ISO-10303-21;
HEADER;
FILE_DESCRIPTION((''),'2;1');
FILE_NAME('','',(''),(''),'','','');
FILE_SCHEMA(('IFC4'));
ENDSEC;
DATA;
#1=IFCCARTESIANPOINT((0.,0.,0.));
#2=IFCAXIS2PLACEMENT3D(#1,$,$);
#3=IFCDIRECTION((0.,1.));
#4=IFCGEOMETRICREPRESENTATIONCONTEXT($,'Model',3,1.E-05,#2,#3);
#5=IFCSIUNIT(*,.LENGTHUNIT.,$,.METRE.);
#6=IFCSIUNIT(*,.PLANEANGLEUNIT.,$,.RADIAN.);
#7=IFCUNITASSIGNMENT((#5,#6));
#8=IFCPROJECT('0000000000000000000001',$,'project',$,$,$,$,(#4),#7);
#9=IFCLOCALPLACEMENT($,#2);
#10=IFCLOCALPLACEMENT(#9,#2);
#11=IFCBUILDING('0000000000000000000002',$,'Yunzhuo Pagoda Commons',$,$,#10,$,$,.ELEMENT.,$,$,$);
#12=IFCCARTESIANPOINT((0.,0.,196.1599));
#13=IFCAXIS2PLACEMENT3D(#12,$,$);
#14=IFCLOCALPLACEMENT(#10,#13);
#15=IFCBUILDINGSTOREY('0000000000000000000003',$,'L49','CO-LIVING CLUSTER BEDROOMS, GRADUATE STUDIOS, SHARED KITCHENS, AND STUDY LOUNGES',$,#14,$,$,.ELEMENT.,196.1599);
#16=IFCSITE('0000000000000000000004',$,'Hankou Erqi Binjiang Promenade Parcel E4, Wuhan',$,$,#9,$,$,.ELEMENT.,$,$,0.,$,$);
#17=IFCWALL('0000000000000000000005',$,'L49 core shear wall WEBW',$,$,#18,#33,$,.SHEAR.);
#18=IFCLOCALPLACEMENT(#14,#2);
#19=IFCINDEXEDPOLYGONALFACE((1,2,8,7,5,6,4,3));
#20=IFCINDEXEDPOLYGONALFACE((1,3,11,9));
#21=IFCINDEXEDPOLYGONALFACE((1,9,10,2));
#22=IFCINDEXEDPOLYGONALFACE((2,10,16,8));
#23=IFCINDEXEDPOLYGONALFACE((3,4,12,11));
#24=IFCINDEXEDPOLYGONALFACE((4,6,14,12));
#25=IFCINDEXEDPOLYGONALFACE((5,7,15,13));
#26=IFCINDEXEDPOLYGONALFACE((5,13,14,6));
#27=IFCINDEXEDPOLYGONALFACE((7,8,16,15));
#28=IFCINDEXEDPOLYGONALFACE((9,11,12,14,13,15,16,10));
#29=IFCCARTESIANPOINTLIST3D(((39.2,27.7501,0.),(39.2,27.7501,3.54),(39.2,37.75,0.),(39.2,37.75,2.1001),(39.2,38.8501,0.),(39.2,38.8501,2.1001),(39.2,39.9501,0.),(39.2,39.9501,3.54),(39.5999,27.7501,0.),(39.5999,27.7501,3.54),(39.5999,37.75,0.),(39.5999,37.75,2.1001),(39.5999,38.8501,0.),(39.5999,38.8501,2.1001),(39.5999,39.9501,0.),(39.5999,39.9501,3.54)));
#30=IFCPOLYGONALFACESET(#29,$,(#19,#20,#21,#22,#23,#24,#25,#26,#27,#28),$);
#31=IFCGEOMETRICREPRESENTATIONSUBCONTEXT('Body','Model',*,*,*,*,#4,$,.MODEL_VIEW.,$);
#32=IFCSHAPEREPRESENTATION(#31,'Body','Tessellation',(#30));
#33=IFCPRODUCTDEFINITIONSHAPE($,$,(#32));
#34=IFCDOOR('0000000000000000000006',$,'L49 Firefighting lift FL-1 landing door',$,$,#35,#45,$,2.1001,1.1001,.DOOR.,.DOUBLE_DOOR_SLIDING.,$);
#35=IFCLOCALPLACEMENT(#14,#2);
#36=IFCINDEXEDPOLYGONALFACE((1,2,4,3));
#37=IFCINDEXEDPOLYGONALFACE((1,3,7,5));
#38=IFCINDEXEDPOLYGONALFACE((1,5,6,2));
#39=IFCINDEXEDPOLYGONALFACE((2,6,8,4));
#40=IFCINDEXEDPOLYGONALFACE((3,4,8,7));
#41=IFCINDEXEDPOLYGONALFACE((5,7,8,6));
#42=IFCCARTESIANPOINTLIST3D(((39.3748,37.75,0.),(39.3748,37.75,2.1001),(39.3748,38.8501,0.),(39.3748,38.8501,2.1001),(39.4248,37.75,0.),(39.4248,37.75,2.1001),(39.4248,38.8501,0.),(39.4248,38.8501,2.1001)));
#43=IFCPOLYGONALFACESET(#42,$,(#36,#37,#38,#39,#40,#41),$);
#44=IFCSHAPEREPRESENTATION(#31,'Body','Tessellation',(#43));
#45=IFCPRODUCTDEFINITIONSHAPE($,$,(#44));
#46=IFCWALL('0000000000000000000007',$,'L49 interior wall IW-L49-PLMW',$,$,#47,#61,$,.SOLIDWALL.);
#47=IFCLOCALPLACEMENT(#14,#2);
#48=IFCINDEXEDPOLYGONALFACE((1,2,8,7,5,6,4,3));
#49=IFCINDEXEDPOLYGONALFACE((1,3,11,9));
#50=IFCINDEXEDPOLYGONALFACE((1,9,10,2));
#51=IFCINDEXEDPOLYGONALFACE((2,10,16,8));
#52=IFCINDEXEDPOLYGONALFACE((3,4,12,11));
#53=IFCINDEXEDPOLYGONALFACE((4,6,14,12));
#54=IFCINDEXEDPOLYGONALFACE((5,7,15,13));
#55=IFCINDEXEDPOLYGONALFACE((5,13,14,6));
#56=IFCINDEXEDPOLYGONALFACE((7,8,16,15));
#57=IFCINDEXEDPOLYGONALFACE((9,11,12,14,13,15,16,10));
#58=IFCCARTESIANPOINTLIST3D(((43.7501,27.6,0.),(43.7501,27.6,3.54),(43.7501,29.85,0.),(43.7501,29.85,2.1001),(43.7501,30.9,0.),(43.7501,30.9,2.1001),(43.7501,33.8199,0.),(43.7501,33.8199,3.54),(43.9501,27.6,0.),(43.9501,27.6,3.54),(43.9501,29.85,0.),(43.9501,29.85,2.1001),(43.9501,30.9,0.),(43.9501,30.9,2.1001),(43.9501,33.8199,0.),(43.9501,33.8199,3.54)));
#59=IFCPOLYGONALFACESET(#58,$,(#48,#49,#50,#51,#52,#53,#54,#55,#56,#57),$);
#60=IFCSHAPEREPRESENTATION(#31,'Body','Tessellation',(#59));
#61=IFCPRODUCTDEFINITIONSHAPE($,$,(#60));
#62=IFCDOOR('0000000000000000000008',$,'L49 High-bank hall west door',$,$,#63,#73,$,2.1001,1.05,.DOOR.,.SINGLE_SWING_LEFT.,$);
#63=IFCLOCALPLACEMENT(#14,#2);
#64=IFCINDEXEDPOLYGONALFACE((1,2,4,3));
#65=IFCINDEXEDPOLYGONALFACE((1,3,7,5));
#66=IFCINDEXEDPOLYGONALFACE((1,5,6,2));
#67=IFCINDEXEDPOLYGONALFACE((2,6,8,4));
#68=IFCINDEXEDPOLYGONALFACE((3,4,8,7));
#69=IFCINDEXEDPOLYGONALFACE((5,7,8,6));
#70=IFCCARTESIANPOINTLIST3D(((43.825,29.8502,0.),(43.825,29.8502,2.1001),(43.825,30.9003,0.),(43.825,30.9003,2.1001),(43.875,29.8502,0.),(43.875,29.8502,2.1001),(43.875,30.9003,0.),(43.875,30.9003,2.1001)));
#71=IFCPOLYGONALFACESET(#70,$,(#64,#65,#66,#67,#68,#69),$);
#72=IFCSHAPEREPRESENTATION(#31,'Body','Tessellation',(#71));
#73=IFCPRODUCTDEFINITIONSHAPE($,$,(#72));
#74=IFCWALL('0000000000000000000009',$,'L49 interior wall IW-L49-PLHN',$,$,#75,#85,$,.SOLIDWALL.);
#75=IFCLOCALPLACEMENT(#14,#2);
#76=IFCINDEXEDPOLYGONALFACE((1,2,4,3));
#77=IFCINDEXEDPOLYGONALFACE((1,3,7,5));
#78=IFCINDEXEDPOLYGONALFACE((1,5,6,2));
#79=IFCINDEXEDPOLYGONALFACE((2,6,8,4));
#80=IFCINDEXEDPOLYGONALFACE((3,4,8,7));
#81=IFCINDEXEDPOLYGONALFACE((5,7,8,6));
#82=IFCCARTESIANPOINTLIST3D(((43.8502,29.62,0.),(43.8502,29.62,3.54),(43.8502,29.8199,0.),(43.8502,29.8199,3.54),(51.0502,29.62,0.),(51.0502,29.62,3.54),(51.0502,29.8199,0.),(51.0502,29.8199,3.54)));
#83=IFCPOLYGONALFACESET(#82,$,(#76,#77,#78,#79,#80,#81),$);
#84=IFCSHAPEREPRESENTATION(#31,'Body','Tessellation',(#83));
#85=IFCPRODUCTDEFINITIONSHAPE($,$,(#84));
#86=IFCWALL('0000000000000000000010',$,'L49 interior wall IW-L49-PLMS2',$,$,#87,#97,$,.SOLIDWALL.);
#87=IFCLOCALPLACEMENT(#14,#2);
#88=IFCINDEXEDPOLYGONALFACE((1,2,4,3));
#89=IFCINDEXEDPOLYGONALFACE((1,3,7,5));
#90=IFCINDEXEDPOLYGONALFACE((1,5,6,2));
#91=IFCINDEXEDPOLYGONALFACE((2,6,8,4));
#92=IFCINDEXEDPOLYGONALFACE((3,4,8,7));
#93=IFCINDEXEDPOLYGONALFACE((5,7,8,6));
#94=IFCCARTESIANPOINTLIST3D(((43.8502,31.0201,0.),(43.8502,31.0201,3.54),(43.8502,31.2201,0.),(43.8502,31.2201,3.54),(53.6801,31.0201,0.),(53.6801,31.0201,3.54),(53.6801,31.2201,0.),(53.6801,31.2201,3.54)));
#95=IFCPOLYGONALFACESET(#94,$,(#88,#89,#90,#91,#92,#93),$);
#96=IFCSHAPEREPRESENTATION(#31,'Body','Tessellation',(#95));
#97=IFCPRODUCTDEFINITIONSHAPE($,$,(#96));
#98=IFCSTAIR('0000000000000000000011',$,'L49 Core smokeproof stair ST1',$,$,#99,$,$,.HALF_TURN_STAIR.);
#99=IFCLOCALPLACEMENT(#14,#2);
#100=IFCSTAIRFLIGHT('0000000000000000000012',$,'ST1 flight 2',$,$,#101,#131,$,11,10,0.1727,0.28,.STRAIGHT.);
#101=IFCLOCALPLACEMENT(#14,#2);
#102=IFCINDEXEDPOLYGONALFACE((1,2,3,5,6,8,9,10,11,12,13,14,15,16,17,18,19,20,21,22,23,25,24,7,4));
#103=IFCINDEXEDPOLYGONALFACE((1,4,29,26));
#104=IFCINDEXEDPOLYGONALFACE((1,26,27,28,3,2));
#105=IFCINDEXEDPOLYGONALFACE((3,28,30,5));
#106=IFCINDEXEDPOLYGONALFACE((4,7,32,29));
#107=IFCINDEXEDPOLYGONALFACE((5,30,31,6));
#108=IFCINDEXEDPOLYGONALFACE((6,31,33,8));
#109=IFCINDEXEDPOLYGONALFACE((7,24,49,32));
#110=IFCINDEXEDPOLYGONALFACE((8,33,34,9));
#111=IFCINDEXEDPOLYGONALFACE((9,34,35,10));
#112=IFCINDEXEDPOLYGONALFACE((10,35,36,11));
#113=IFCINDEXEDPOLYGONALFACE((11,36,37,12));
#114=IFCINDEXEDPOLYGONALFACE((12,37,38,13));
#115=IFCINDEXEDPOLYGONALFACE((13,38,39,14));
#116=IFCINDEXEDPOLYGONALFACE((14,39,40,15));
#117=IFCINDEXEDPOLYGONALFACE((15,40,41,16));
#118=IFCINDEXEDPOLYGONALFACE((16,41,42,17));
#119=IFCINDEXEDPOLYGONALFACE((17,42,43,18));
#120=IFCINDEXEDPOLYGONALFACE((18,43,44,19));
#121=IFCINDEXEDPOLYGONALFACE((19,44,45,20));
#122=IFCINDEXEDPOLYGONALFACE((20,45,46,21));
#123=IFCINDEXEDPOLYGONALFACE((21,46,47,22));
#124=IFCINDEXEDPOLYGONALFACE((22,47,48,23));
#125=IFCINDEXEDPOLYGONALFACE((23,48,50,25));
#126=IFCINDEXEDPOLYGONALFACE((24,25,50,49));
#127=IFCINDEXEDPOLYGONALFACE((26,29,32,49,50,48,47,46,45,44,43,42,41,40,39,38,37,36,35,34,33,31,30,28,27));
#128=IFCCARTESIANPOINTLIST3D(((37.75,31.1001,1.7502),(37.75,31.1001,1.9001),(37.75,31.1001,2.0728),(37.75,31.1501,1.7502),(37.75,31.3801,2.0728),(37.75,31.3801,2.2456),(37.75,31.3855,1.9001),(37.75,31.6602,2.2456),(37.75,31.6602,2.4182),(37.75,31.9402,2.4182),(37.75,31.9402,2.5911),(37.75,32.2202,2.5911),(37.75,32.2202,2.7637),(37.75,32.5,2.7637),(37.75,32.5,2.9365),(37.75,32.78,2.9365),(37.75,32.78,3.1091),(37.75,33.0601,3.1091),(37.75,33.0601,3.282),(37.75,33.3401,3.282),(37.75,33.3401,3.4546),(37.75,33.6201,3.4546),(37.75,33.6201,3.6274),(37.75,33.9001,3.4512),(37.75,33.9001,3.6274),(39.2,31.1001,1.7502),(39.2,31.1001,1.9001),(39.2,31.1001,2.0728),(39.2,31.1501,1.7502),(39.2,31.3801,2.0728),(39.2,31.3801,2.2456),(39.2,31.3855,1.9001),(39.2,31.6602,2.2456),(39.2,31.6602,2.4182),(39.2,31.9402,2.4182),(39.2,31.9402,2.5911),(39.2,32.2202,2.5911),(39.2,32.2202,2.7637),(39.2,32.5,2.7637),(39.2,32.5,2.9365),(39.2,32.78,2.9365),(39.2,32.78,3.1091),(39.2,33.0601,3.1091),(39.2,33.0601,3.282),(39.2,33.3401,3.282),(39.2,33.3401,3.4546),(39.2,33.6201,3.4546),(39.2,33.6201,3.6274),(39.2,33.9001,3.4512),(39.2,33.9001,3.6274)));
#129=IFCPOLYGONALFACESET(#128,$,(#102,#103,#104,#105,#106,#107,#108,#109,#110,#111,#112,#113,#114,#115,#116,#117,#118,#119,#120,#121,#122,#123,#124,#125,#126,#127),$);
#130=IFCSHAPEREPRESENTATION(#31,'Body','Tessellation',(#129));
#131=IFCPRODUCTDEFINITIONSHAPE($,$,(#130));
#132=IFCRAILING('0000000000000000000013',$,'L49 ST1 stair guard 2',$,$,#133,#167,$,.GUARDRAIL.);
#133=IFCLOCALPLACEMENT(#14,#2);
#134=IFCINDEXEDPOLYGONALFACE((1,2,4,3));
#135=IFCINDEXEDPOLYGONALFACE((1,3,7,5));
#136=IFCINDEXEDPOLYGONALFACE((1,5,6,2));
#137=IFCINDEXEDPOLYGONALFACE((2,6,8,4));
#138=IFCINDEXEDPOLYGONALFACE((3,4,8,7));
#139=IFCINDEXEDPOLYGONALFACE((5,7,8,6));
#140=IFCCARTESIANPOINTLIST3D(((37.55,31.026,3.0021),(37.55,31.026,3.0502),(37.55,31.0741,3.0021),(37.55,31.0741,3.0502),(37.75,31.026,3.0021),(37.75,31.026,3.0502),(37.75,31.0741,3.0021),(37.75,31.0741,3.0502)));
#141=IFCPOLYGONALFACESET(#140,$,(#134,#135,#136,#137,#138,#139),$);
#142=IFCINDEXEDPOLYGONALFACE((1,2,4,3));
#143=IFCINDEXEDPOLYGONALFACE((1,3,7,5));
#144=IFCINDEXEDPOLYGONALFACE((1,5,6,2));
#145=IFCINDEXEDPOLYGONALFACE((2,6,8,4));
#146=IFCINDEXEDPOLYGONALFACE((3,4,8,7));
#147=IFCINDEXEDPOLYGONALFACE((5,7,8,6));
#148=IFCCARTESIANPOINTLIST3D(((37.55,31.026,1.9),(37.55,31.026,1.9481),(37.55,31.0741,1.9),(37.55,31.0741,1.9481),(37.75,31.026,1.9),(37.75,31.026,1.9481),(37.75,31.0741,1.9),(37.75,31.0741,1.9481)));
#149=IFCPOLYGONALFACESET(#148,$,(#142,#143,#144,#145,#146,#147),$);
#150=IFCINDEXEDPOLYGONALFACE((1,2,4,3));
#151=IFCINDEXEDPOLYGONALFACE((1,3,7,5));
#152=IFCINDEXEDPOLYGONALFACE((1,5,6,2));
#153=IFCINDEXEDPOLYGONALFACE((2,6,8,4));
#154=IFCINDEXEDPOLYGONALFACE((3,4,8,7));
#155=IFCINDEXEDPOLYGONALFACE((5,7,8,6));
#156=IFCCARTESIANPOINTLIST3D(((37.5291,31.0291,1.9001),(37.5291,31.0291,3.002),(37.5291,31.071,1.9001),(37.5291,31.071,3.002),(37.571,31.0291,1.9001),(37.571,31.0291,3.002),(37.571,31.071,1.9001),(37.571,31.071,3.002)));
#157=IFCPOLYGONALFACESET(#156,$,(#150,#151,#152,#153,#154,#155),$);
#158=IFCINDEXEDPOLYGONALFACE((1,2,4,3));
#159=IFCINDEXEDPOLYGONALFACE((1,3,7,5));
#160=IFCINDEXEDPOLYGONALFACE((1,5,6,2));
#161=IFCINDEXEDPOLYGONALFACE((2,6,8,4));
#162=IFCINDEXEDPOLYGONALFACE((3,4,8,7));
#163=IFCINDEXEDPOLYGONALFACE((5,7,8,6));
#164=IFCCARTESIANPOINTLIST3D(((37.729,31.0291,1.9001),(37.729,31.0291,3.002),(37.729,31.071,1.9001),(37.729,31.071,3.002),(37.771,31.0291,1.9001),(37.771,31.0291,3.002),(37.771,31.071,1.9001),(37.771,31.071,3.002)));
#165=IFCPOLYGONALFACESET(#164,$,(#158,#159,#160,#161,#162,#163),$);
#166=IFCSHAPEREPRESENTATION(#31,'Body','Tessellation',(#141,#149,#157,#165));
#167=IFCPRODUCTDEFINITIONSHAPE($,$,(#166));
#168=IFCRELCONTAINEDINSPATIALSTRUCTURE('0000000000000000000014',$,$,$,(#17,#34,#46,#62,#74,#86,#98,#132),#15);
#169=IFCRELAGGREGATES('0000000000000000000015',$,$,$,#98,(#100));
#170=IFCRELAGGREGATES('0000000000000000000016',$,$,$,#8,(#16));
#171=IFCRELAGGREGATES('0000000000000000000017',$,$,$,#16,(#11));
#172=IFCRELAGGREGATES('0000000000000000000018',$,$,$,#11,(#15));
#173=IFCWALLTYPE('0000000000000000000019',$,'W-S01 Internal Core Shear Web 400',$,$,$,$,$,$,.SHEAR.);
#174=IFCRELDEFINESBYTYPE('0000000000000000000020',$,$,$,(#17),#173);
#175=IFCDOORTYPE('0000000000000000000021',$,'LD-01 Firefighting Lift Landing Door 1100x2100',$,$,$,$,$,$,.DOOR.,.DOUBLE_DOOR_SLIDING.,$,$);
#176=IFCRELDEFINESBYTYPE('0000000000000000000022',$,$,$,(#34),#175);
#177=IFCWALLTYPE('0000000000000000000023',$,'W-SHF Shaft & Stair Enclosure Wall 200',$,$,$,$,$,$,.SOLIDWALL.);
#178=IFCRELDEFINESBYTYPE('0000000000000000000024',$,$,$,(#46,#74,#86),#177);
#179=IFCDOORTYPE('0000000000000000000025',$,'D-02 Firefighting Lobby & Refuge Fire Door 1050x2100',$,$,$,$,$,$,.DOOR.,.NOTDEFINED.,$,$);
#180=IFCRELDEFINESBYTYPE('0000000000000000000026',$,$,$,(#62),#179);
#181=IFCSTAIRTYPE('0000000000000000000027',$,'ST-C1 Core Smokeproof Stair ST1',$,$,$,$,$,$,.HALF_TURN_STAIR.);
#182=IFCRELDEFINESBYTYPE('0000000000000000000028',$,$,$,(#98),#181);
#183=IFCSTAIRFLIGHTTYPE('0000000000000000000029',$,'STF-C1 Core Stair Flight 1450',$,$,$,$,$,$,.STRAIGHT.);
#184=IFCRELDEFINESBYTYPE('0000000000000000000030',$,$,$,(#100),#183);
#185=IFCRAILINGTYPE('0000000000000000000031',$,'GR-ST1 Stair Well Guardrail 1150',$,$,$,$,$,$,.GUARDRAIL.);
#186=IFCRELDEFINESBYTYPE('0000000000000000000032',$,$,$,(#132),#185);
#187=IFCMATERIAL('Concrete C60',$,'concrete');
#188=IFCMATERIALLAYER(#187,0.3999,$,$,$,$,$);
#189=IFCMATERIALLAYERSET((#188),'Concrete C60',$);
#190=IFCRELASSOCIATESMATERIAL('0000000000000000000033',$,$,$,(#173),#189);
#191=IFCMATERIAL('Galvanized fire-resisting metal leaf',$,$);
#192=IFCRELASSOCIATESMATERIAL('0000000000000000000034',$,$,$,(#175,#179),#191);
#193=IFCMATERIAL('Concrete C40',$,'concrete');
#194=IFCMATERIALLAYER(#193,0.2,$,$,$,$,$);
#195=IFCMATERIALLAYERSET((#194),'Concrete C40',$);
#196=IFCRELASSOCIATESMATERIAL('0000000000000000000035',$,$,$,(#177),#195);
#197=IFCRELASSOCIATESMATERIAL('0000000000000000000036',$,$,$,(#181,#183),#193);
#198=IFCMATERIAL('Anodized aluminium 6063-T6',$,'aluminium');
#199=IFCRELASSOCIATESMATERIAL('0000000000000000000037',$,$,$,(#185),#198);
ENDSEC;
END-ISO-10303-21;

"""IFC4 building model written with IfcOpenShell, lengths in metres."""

from ifc_helpers import new_model, si_unit, direction, frame, frame_2d, origin, origin_2d, place, context, subcontext, project, spatial, polyline, rectangle, outline, extrude, source, transform, mapped, material, layer, layer_set, type_object, element, fill, aggregate, save


model = new_model("IFC4")

# Units and contexts
model_context = context("Model", 3, precision=1e-05, world=origin(), true_north=direction((0.0, 1.0)))
body_context = subcontext(model_context, "Body", "Model", "MODEL_VIEW")
ifc_project = project(units=[si_unit("LENGTHUNIT", "METRE"), si_unit("PLANEANGLEUNIT", "RADIAN")], contexts=[model_context])

# Site, building, storey
site_placement = place(None, origin())
site = spatial("IfcSite", under=ifc_project, at=site_placement, Name="Hankou Erqi Binjiang Promenade Parcel E4, Wuhan", CompositionType="ELEMENT", RefElevation=0.0)
building_placement = place(site_placement, origin())
building = spatial("IfcBuilding", under=site, at=building_placement, Name="Yunzhuo Pagoda Commons", CompositionType="ELEMENT")
storey_placement = place(building_placement, frame((0.0, 0.0, 196.1599)))
storey = spatial("IfcBuildingStorey", under=building, at=storey_placement, Name="L49", Description="CO-LIVING CLUSTER BEDROOMS, GRADUATE STUDIOS, SHARED KITCHENS, AND STUDY LOUNGES", CompositionType="ELEMENT", Elevation=196.1599)

# Shared definitions
ifc_material_1 = material(Name="Galvanized fire-resisting metal leaf")

# Walls, openings, doors
ifc_material_2 = material(Name="Concrete C60", Category="concrete")
ifc_layer_1 = layer(ifc_material_2, 0.3999)
ifc_layer_set_1 = layer_set([ifc_layer_1], Name="Concrete C60")
wall_type_1 = type_object("IfcWallType", Name="W-S01 Internal Core Shear Web 400", PredefinedType="SHEAR", material=ifc_layer_set_1)
wall_1_placement = place(storey_placement, frame((39.3999, 27.75, 0.0), z_axis=(0.0, 0.0, 1.0), x_axis=(0.0, 1.0, 0.0)))
wall_1 = element("IfcWall", 1, at=wall_1_placement, inside=storey, type_object=wall_type_1, Name="L49 core shear wall WEBW", PredefinedType="SHEAR", context=body_context, shape_type="SweptSolid", body=[
    extrude(rectangle(XDim=12.2, YDim=0.3999, at=frame_2d((6.1001, 0.0))), origin(), (0.0, 0.0, 1.0), 3.54),
])
opening_1_placement = place(wall_1_placement, frame((10.0, 0.0, 0.0)))
opening_1 = element("IfcOpeningElement", 2, at=opening_1_placement, cuts=wall_1, PredefinedType="OPENING", context=body_context, shape_type="SweptSolid", body=[
    extrude(rectangle(XDim=1.1001, YDim=2.1001, at=frame_2d((0.55, 1.05))), frame((0.0, 0.21, 0.0), z_axis=(0.0, -1.0, 0.0), x_axis=(1.0, 0.0, 0.0)), (0.0, 0.0, 1.0), 0.4199),
])
door_type_1 = type_object("IfcDoorType", Name="LD-01 Firefighting Lift Landing Door 1100x2100", OperationType="DOUBLE_DOOR_SLIDING", PredefinedType="DOOR", material=ifc_material_1)
shared_shape_1 = source(origin(), body_context, "Body", "SweptSolid", [
    extrude(rectangle(XDim=1.1001, YDim=2.1001, at=frame_2d((0.55, 1.05))), frame((0.0, 0.0249, 0.0), z_axis=(0.0, -1.0, 0.0), x_axis=(1.0, 0.0, 0.0)), (0.0, 0.0, 1.0), 0.05),
])
door_1_placement = place(opening_1_placement, frame((1.1001, 0.0, 0.0), z_axis=(0.0, 0.0, 1.0), x_axis=(-1.0, 0.0, 0.0)))
door_1 = element("IfcDoor", 3, at=door_1_placement, inside=storey, type_object=door_type_1, Name="L49 Firefighting lift FL-1 landing door", OperationType="DOUBLE_DOOR_SLIDING", OverallHeight=2.1001, OverallWidth=1.1001, PredefinedType="DOOR", context=body_context, shape_type="MappedRepresentation", body=[
    mapped(shared_shape_1, transform((0.0, 0.0, 0.0), scale=1.0)),
])
fill(opening_1, door_1)
ifc_material_3 = material(Name="Concrete C40", Category="concrete")
ifc_layer_2 = layer(ifc_material_3, 0.2)
ifc_layer_set_2 = layer_set([ifc_layer_2], Name="Concrete C40")
wall_type_2 = type_object("IfcWallType", Name="W-SHF Shaft & Stair Enclosure Wall 200", PredefinedType="SOLIDWALL", material=ifc_layer_set_2)
wall_2_placement = place(storey_placement, frame((43.8501, 27.6001, 0.0), z_axis=(0.0, 0.0, 1.0), x_axis=(0.0, 1.0, 0.0)))
wall_2 = element("IfcWall", 4, at=wall_2_placement, inside=storey, type_object=wall_type_2, Name="L49 interior wall IW-L49-PLMW", PredefinedType="SOLIDWALL", context=body_context, shape_type="SweptSolid", body=[
    extrude(rectangle(XDim=6.22, YDim=0.2, at=frame_2d((3.1099, 0.0))), origin(), (0.0, 0.0, 1.0), 3.54),
])
opening_2_placement = place(wall_2_placement, frame((2.25, 0.0, 0.0)))
opening_2 = element("IfcOpeningElement", 5, at=opening_2_placement, cuts=wall_2, PredefinedType="OPENING", context=body_context, shape_type="SweptSolid", body=[
    extrude(rectangle(XDim=1.05, YDim=2.1001, at=frame_2d((0.5249, 1.05))), frame((0.0, 0.1099, 0.0), z_axis=(0.0, -1.0, 0.0), x_axis=(1.0, 0.0, 0.0)), (0.0, 0.0, 1.0), 0.22),
])
door_type_2 = type_object("IfcDoorType", Name="D-02 Firefighting Lobby & Refuge Fire Door 1050x2100", OperationType="NOTDEFINED", PredefinedType="DOOR", material=ifc_material_1)
shared_shape_2 = source(origin(), body_context, "Body", "SweptSolid", [
    extrude(rectangle(XDim=1.05, YDim=2.1001, at=frame_2d((0.5249, 1.05))), frame((0.0, 0.0249, 0.0), z_axis=(0.0, -1.0, 0.0), x_axis=(1.0, 0.0, 0.0)), (0.0, 0.0, 1.0), 0.05),
])
door_2_placement = place(opening_2_placement, frame((1.05, 0.0, 0.0), z_axis=(0.0, 0.0, 1.0), x_axis=(-1.0, 0.0, 0.0)))
door_2 = element("IfcDoor", 6, at=door_2_placement, inside=storey, type_object=door_type_2, Name="L49 High-bank hall west door", OperationType="SINGLE_SWING_LEFT", OverallHeight=2.1001, OverallWidth=1.05, PredefinedType="DOOR", context=body_context, shape_type="MappedRepresentation", body=[
    mapped(shared_shape_2, transform((0.0, 0.0, 0.0), scale=1.0)),
])
fill(opening_2, door_2)

# Walls
wall_3_placement = place(storey_placement, frame((43.8501, 29.72, 0.0), z_axis=(0.0, 0.0, 1.0), x_axis=(1.0, 0.0, 0.0)))
element("IfcWall", 7, at=wall_3_placement, inside=storey, type_object=wall_type_2, Name="L49 interior wall IW-L49-PLHN", PredefinedType="SOLIDWALL", context=body_context, shape_type="SweptSolid", body=[
    extrude(rectangle(XDim=7.2, YDim=0.2, at=frame_2d((3.6001, 0.0))), origin(), (0.0, 0.0, 1.0), 3.54),
])
wall_4_placement = place(storey_placement, frame((43.8501, 31.1201, 0.0), z_axis=(0.0, 0.0, 1.0), x_axis=(1.0, 0.0, 0.0)))
element("IfcWall", 8, at=wall_4_placement, inside=storey, type_object=wall_type_2, Name="L49 interior wall IW-L49-PLMS2", PredefinedType="SOLIDWALL", context=body_context, shape_type="SweptSolid", body=[
    extrude(rectangle(XDim=9.8298, YDim=0.2, at=frame_2d((4.915, 0.0))), origin(), (0.0, 0.0, 1.0), 3.54),
])

# Stair, stair flight
stair_type = type_object("IfcStairType", Name="ST-C1 Core Smokeproof Stair ST1", PredefinedType="HALF_TURN_STAIR", material=ifc_material_3)
stair_placement = place(storey_placement, origin())
stair = element("IfcStair", 9, at=stair_placement, inside=storey, type_object=stair_type, Name="L49 Core smokeproof stair ST1", PredefinedType="HALF_TURN_STAIR")
stair_flight_type = type_object("IfcStairFlightType", Name="STF-C1 Core Stair Flight 1450", PredefinedType="STRAIGHT", material=ifc_material_3)
shared_shape_3 = source(origin(), body_context, "Body", "SweptSolid", [
    extrude(outline(polyline([(0.0, -0.1499), (0.0, 0.0), (0.0, 0.1726), (0.28, 0.1726), (0.28, 0.3455), (0.5601, 0.3455), (0.5601, 0.5181), (0.8401, 0.5181), (0.8401, 0.6909), (1.1201, 0.6909), (1.1201, 0.8635), (1.3999, 0.8635), (1.3999, 1.0364), (1.6799, 1.0364), (1.6799, 1.209), (1.96, 1.209), (1.96, 1.3818), (2.24, 1.3818), (2.24, 1.5544), (2.52, 1.5544), (2.52, 1.7273), (2.8, 1.7273), (2.8, 1.8999), (2.8, 1.551), (0.2854, 0.0), (0.05, -0.1499), (0.0, -0.1499)])), frame((0.0, 0.7251, 0.0), z_axis=(0.0, -1.0, 0.0), x_axis=(1.0, 0.0, 0.0)), (0.0, 0.0, 1.0), 1.45),
])
stair_flight_placement = place(storey_placement, frame((38.4751, 31.1001, 1.9001), z_axis=(0.0, 0.0, 1.0), x_axis=(0.0, 1.0, 0.0)))
stair_flight = element("IfcStairFlight", 10, at=stair_flight_placement, type_object=stair_flight_type, Name="ST1 flight 2", NumberOfRisers=11, NumberOfTreads=10, PredefinedType="STRAIGHT", RiserHeight=0.1727, TreadLength=0.28, context=body_context, shape_type="MappedRepresentation", body=[
    mapped(shared_shape_3, transform((0.0, 0.0, 0.0), scale=1.0)),
])
aggregate(stair, [stair_flight])

# Railing
ifc_material_4 = material(Name="Anodized aluminium 6063-T6", Category="aluminium")
railing_type_1 = type_object("IfcRailingType", Name="GR-ST1 Stair Well Guardrail 1150", PredefinedType="GUARDRAIL", material=ifc_material_4)
railing_1_placement = place(storey_placement, frame((37.55, 31.05, 1.9001)))
element("IfcRailing", 11, at=railing_1_placement, inside=storey, type_object=railing_type_1, Name="L49 ST1 stair guard 2", PredefinedType="GUARDRAIL", context=body_context, shape_type="SweptSolid", body=[
    extrude(rectangle(XDim=0.0481, YDim=0.0481, at=origin_2d()), frame((0.0, 0.0, 1.126), z_axis=(1.0, 0.0, 0.0), x_axis=(0.0, 1.0, 0.0)), (0.0, 0.0, 1.0), 0.2),
    extrude(rectangle(XDim=0.0481, YDim=0.0481, at=origin_2d()), frame((0.0, 0.0, 0.0239), z_axis=(1.0, 0.0, 0.0), x_axis=(0.0, 1.0, 0.0)), (0.0, 0.0, 1.0), 0.2),
    extrude(rectangle(XDim=0.042, YDim=0.042, at=origin_2d()), origin(), (0.0, 0.0, 1.0), 1.1018),
    extrude(rectangle(XDim=0.042, YDim=0.042, at=origin_2d()), frame((0.2, 0.0, 0.0)), (0.0, 0.0, 1.0), 1.1018),
])

save(model, "model.ifc")
